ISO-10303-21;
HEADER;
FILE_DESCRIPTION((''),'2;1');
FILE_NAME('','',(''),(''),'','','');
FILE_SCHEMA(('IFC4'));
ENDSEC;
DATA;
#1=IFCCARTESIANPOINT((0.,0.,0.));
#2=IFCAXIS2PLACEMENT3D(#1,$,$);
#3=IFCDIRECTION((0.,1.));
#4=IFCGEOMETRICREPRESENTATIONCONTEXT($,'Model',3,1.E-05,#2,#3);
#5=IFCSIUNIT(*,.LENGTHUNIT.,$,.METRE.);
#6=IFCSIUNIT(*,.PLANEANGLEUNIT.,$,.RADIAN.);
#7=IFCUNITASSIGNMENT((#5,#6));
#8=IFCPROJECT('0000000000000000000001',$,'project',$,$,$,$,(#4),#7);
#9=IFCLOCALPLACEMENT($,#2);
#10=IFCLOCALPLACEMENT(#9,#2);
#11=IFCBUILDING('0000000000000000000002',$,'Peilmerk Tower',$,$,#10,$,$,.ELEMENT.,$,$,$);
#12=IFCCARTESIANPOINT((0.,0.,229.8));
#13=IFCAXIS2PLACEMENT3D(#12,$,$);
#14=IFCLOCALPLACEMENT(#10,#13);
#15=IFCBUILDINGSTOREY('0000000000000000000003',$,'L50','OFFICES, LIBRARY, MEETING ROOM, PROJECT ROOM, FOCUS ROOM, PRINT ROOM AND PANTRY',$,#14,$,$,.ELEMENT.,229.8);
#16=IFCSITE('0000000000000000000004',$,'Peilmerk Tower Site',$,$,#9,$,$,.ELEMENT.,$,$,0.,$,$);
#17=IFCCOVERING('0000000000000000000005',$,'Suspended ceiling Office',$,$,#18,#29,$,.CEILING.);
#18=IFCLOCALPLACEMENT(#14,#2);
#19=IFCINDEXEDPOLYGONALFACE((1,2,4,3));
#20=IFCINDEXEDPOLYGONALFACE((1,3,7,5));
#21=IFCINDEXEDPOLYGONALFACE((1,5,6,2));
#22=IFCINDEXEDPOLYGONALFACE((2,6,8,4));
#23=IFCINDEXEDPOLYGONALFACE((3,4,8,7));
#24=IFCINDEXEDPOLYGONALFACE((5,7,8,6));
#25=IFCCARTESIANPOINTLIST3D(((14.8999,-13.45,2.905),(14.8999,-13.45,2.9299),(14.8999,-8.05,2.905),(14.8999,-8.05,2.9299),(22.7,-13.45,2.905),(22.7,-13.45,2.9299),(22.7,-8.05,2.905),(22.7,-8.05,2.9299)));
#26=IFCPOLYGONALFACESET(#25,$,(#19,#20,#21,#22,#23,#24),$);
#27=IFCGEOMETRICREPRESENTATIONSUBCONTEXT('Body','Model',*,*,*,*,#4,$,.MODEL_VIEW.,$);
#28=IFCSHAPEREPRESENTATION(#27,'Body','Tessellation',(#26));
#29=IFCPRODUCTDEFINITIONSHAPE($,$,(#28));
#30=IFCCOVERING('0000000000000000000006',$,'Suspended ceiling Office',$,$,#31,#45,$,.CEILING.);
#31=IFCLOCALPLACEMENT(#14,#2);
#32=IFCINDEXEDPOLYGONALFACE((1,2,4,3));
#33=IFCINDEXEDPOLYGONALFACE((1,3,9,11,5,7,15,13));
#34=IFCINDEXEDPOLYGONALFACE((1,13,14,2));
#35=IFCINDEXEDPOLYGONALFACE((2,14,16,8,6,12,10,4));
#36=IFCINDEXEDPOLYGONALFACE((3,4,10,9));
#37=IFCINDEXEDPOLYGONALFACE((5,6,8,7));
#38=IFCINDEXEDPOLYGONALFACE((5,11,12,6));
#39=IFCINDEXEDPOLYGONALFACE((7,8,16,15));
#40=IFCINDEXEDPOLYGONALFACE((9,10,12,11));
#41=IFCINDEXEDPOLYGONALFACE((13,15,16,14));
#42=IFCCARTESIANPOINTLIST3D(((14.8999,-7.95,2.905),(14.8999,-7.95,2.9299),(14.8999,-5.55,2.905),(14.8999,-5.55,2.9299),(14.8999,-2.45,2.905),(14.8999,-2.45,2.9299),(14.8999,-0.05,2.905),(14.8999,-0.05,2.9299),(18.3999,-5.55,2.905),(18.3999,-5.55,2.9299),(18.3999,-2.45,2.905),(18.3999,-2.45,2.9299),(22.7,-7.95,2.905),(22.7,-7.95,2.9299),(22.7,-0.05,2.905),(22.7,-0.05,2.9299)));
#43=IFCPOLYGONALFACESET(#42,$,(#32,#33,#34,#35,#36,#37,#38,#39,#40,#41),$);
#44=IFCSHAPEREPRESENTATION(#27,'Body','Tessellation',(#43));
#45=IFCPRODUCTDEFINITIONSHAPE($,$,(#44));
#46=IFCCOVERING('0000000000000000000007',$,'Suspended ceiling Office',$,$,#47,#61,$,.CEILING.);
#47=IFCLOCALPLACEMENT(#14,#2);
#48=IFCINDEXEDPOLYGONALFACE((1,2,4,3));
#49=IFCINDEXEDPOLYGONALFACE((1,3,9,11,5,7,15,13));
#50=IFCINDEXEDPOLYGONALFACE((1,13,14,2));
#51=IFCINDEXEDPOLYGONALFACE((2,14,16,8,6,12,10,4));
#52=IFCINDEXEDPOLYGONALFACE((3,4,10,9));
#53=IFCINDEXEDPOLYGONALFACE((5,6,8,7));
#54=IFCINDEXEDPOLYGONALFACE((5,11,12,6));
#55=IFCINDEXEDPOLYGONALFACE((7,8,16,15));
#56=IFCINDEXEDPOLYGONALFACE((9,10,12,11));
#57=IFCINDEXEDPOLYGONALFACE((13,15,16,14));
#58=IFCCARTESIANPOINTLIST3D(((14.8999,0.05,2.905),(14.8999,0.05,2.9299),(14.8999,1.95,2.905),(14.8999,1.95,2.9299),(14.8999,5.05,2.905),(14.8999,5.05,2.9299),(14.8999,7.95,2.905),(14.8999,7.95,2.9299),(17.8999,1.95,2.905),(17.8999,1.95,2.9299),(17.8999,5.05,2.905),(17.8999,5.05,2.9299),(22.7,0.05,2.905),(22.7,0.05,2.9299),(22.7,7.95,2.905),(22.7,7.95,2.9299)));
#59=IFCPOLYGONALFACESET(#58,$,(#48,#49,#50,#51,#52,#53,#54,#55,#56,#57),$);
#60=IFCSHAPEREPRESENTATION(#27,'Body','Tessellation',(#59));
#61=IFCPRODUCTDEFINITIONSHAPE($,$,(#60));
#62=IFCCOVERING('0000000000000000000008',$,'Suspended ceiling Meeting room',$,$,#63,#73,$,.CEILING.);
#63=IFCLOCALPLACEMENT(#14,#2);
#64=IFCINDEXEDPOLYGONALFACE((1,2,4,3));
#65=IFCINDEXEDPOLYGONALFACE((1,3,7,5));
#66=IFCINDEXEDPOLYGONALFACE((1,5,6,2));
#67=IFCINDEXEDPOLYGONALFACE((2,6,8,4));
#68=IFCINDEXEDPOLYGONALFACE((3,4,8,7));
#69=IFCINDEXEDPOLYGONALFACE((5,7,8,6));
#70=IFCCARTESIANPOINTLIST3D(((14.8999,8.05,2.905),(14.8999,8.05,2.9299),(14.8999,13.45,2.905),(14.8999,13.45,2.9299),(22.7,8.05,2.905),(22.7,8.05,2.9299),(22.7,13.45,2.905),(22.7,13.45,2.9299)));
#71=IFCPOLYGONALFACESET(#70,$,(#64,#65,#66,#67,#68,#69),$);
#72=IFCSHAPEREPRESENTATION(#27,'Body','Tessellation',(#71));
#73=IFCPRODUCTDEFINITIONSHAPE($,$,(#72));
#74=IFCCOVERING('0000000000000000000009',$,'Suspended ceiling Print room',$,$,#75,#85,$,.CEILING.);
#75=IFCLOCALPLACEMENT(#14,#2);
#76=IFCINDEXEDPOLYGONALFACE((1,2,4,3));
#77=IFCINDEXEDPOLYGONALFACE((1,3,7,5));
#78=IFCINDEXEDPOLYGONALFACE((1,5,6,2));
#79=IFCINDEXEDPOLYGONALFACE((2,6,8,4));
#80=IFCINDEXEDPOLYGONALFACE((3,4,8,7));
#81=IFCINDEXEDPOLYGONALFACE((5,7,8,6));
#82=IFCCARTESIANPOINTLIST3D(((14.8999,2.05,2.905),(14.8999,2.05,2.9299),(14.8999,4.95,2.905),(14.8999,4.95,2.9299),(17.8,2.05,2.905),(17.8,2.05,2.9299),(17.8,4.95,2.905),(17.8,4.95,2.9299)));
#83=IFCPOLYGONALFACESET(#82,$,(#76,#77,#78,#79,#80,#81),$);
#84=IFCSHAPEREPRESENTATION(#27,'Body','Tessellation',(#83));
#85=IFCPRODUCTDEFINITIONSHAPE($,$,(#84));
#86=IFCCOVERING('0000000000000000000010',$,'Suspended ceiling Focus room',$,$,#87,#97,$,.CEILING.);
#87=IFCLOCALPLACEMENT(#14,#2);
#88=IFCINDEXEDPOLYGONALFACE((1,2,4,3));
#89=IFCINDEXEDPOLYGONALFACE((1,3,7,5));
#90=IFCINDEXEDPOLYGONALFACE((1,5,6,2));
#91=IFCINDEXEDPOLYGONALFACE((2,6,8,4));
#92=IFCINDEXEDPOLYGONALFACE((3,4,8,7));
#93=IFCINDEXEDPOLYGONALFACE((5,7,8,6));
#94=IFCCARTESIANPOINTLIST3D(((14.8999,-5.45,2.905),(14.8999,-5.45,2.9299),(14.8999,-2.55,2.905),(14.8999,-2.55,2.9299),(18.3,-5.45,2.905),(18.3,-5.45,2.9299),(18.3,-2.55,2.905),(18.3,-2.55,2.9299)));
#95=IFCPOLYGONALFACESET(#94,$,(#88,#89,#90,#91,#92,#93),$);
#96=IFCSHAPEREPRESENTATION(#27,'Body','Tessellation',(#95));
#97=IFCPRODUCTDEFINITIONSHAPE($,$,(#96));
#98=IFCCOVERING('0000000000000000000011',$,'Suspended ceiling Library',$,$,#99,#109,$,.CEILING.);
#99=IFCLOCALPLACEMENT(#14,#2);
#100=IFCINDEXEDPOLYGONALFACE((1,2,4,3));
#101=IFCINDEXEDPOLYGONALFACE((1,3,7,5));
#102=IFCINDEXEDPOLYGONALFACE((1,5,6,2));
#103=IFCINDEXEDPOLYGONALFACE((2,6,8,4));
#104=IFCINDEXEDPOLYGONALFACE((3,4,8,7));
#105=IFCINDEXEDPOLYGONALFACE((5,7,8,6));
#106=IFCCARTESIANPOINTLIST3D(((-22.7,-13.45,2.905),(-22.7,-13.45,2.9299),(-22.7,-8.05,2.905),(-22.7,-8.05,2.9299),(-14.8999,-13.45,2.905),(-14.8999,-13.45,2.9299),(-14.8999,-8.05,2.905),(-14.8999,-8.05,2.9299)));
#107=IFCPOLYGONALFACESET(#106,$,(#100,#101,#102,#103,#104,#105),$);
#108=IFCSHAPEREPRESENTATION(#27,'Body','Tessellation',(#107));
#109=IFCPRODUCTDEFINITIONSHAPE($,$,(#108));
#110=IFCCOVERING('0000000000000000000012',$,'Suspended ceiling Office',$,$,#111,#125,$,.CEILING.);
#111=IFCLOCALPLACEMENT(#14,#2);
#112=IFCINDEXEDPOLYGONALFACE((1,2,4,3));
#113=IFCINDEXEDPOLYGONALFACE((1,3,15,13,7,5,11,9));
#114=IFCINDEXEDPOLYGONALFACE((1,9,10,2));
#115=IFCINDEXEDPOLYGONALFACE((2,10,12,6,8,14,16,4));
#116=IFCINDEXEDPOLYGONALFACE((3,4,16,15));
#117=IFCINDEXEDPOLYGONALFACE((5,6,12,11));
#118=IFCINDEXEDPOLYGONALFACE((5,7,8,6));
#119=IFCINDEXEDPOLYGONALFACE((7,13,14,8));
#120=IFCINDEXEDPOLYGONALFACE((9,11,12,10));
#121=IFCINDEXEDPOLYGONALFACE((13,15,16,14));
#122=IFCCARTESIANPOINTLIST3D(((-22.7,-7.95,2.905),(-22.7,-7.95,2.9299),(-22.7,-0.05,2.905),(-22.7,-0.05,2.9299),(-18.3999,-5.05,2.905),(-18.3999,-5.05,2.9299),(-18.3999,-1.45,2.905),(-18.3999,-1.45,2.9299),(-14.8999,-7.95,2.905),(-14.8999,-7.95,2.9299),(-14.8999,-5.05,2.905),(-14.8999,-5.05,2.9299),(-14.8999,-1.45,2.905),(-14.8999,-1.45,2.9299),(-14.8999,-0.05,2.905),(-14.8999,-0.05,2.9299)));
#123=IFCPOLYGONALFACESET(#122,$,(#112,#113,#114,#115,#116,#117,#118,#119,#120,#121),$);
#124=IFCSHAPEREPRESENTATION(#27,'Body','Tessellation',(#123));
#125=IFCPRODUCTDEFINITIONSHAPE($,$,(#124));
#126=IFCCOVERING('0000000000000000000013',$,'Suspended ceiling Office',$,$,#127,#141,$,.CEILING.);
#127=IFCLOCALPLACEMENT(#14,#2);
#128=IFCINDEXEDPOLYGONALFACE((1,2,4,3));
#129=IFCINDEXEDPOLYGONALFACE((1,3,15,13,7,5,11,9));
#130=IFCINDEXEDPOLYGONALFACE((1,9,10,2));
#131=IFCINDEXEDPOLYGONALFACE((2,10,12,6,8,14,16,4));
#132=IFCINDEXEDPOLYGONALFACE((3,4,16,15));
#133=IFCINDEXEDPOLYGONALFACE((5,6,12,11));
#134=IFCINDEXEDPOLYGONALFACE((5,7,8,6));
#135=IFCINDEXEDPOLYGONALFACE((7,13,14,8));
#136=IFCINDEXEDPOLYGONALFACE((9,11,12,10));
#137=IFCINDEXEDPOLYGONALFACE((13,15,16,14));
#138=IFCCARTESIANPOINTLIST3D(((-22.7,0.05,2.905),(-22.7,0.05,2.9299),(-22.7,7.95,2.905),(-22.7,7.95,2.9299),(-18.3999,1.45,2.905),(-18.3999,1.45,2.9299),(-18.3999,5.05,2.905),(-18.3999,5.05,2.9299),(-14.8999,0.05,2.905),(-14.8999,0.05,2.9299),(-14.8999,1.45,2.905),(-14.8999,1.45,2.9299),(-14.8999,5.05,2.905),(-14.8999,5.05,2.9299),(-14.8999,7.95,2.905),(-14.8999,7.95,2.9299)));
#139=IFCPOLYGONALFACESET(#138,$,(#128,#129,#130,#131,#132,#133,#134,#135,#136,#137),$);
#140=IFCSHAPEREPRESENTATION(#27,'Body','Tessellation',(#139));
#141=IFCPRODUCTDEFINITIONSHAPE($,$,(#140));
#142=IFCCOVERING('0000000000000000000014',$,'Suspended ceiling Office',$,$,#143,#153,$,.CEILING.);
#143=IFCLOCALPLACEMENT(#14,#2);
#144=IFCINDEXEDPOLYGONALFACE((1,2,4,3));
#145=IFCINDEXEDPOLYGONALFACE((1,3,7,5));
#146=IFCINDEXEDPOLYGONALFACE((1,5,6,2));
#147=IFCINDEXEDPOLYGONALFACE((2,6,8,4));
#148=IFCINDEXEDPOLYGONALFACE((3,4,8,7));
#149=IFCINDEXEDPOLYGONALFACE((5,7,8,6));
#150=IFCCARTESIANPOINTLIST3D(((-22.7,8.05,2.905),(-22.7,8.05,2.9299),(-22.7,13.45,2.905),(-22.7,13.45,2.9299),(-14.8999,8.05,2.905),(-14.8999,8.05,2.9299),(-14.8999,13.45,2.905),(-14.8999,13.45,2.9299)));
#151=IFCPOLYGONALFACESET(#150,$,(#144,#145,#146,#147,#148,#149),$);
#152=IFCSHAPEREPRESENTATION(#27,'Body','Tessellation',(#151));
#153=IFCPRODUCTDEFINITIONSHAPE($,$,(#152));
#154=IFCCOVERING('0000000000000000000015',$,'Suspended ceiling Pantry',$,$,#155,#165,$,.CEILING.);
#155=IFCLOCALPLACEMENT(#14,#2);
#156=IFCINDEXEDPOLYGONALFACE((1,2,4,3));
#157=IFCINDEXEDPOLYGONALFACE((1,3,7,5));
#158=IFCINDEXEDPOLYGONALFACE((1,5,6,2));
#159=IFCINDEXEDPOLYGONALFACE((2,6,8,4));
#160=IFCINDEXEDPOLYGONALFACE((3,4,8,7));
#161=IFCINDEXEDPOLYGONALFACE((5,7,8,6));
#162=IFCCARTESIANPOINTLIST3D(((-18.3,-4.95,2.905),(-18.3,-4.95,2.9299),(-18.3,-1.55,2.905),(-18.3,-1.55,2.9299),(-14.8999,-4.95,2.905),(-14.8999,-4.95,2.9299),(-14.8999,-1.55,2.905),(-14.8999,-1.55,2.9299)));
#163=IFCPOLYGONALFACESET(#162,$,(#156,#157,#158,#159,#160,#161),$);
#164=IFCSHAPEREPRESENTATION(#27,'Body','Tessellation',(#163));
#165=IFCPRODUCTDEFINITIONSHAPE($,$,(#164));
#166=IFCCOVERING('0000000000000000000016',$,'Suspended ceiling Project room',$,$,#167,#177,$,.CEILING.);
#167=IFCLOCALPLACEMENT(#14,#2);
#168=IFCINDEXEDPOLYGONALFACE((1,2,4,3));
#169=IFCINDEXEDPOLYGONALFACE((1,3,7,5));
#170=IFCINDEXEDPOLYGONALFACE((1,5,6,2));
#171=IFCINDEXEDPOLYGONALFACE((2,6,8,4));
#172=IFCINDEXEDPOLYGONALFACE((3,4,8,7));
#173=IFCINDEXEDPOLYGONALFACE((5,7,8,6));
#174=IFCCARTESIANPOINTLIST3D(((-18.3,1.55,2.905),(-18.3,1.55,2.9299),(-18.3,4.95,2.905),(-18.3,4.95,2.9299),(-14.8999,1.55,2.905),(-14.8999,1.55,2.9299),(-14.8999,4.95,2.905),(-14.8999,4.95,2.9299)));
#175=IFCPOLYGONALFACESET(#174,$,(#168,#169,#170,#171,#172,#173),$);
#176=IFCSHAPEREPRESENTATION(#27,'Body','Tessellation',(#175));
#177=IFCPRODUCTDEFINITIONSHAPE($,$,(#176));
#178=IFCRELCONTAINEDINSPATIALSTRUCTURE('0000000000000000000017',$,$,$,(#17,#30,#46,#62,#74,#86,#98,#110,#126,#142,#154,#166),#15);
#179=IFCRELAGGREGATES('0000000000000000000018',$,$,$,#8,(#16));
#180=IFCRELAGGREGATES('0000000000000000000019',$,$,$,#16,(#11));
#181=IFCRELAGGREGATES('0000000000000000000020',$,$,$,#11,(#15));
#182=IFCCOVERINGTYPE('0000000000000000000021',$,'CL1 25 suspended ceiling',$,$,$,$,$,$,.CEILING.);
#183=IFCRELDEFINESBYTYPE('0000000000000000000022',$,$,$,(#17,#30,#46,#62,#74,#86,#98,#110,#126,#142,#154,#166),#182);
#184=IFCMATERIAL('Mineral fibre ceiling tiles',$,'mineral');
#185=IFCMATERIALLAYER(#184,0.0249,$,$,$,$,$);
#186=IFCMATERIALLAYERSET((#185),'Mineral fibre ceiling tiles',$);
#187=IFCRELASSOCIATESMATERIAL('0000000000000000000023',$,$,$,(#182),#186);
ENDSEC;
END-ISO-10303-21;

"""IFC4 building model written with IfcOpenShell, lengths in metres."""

from ifc_helpers import new_model, si_unit, direction, frame, origin, place, context, subcontext, project, spatial, polyline, outline, extrude, material, layer, layer_set, type_object, element, save


model = new_model("IFC4")

# Units and contexts
model_context = context("Model", 3, precision=1e-05, world=origin(), true_north=direction((0.0, 1.0)))
body_context = subcontext(model_context, "Body", "Model", "MODEL_VIEW")
ifc_project = project(units=[si_unit("LENGTHUNIT", "METRE"), si_unit("PLANEANGLEUNIT", "RADIAN")], contexts=[model_context])

# Site, building, storey
site_placement = place(None, origin())
site = spatial("IfcSite", under=ifc_project, at=site_placement, Name="Peilmerk Tower Site", CompositionType="ELEMENT", RefElevation=0.0)
building_placement = place(site_placement, origin())
building = spatial("IfcBuilding", under=site, at=building_placement, Name="Peilmerk Tower", CompositionType="ELEMENT")
storey_placement = place(building_placement, frame((0.0, 0.0, 229.8)))
storey = spatial("IfcBuildingStorey", under=building, at=storey_placement, Name="L50", Description="OFFICES, LIBRARY, MEETING ROOM, PROJECT ROOM, FOCUS ROOM, PRINT ROOM AND PANTRY", CompositionType="ELEMENT", Elevation=229.8)

# Coverings
ifc_material_1 = material(Name="Mineral fibre ceiling tiles", Category="mineral")
ifc_layer_1 = layer(ifc_material_1, 0.0249)
ifc_layer_set_1 = layer_set([ifc_layer_1], Name="Mineral fibre ceiling tiles")
covering_type = type_object("IfcCoveringType", Name="CL1 25 suspended ceiling", PredefinedType="CEILING", material=ifc_layer_set_1)
covering_1_placement = place(storey_placement, frame((0.0, 0.0, 2.905)))
element("IfcCovering", 1, at=covering_1_placement, inside=storey, type_object=covering_type, Name="Suspended ceiling Office", PredefinedType="CEILING", context=body_context, shape_type="SweptSolid", body=[
    extrude(outline(polyline([(22.7, -13.45), (22.7, -8.05), (14.8999, -8.05), (14.8999, -13.45), (22.7, -13.45)])), origin(), (0.0, 0.0, 1.0), 0.0249),
])
covering_2_placement = place(storey_placement, frame((0.0, 0.0, 2.905)))
element("IfcCovering", 2, at=covering_2_placement, inside=storey, type_object=covering_type, Name="Suspended ceiling Office", PredefinedType="CEILING", context=body_context, shape_type="SweptSolid", body=[
    extrude(outline(polyline([(14.8999, -7.95), (22.7, -7.95), (22.7, -0.05), (14.8999, -0.05), (14.8999, -2.45), (18.3999, -2.45), (18.3999, -5.55), (14.8999, -5.55), (14.8999, -7.95)])), origin(), (0.0, 0.0, 1.0), 0.0249),
])
covering_3_placement = place(storey_placement, frame((0.0, 0.0, 2.905)))
element("IfcCovering", 3, at=covering_3_placement, inside=storey, type_object=covering_type, Name="Suspended ceiling Office", PredefinedType="CEILING", context=body_context, shape_type="SweptSolid", body=[
    extrude(outline(polyline([(14.8999, 0.05), (22.7, 0.05), (22.7, 7.95), (14.8999, 7.95), (14.8999, 5.05), (17.8999, 5.05), (17.8999, 1.95), (14.8999, 1.95), (14.8999, 0.05)])), origin(), (0.0, 0.0, 1.0), 0.0249),
])
covering_4_placement = place(storey_placement, frame((0.0, 0.0, 2.905)))
element("IfcCovering", 4, at=covering_4_placement, inside=storey, type_object=covering_type, Name="Suspended ceiling Meeting room", PredefinedType="CEILING", context=body_context, shape_type="SweptSolid", body=[
    extrude(outline(polyline([(22.7, 8.05), (22.7, 13.45), (14.8999, 13.45), (14.8999, 8.05), (22.7, 8.05)])), origin(), (0.0, 0.0, 1.0), 0.0249),
])
covering_5_placement = place(storey_placement, frame((0.0, 0.0, 2.905)))
element("IfcCovering", 5, at=covering_5_placement, inside=storey, type_object=covering_type, Name="Suspended ceiling Print room", PredefinedType="CEILING", context=body_context, shape_type="SweptSolid", body=[
    extrude(outline(polyline([(17.8, 2.05), (17.8, 4.95), (14.8999, 4.95), (14.8999, 2.05), (17.8, 2.05)])), origin(), (0.0, 0.0, 1.0), 0.0249),
])
covering_6_placement = place(storey_placement, frame((0.0, 0.0, 2.905)))
element("IfcCovering", 6, at=covering_6_placement, inside=storey, type_object=covering_type, Name="Suspended ceiling Focus room", PredefinedType="CEILING", context=body_context, shape_type="SweptSolid", body=[
    extrude(outline(polyline([(18.3, -5.45), (18.3, -2.55), (14.8999, -2.55), (14.8999, -5.45), (18.3, -5.45)])), origin(), (0.0, 0.0, 1.0), 0.0249),
])
covering_7_placement = place(storey_placement, frame((0.0, 0.0, 2.905)))
element("IfcCovering", 7, at=covering_7_placement, inside=storey, type_object=covering_type, Name="Suspended ceiling Library", PredefinedType="CEILING", context=body_context, shape_type="SweptSolid", body=[
    extrude(outline(polyline([(-22.7, -8.05), (-22.7, -13.45), (-14.8999, -13.45), (-14.8999, -8.05), (-22.7, -8.05)])), origin(), (0.0, 0.0, 1.0), 0.0249),
])
covering_8_placement = place(storey_placement, frame((0.0, 0.0, 2.905)))
element("IfcCovering", 8, at=covering_8_placement, inside=storey, type_object=covering_type, Name="Suspended ceiling Office", PredefinedType="CEILING", context=body_context, shape_type="SweptSolid", body=[
    extrude(outline(polyline([(-14.8999, -0.05), (-22.7, -0.05), (-22.7, -7.95), (-14.8999, -7.95), (-14.8999, -5.05), (-18.3999, -5.05), (-18.3999, -1.45), (-14.8999, -1.45), (-14.8999, -0.05)])), origin(), (0.0, 0.0, 1.0), 0.0249),
])
covering_9_placement = place(storey_placement, frame((0.0, 0.0, 2.905)))
element("IfcCovering", 9, at=covering_9_placement, inside=storey, type_object=covering_type, Name="Suspended ceiling Office", PredefinedType="CEILING", context=body_context, shape_type="SweptSolid", body=[
    extrude(outline(polyline([(-14.8999, 7.95), (-22.7, 7.95), (-22.7, 0.05), (-14.8999, 0.05), (-14.8999, 1.45), (-18.3999, 1.45), (-18.3999, 5.05), (-14.8999, 5.05), (-14.8999, 7.95)])), origin(), (0.0, 0.0, 1.0), 0.0249),
])
covering_10_placement = place(storey_placement, frame((0.0, 0.0, 2.905)))
element("IfcCovering", 10, at=covering_10_placement, inside=storey, type_object=covering_type, Name="Suspended ceiling Office", PredefinedType="CEILING", context=body_context, shape_type="SweptSolid", body=[
    extrude(outline(polyline([(-22.7, 13.45), (-22.7, 8.05), (-14.8999, 8.05), (-14.8999, 13.45), (-22.7, 13.45)])), origin(), (0.0, 0.0, 1.0), 0.0249),
])
covering_11_placement = place(storey_placement, frame((0.0, 0.0, 2.905)))
element("IfcCovering", 11, at=covering_11_placement, inside=storey, type_object=covering_type, Name="Suspended ceiling Pantry", PredefinedType="CEILING", context=body_context, shape_type="SweptSolid", body=[
    extrude(outline(polyline([(-14.8999, -4.95), (-14.8999, -1.55), (-18.3, -1.55), (-18.3, -4.95), (-14.8999, -4.95)])), origin(), (0.0, 0.0, 1.0), 0.0249),
])
covering_12_placement = place(storey_placement, frame((0.0, 0.0, 2.905)))
element("IfcCovering", 12, at=covering_12_placement, inside=storey, type_object=covering_type, Name="Suspended ceiling Project room", PredefinedType="CEILING", context=body_context, shape_type="SweptSolid", body=[
    extrude(outline(polyline([(-14.8999, 1.55), (-14.8999, 4.95), (-18.3, 4.95), (-18.3, 1.55), (-14.8999, 1.55)])), origin(), (0.0, 0.0, 1.0), 0.0249),
])

save(model, "model.ifc")
